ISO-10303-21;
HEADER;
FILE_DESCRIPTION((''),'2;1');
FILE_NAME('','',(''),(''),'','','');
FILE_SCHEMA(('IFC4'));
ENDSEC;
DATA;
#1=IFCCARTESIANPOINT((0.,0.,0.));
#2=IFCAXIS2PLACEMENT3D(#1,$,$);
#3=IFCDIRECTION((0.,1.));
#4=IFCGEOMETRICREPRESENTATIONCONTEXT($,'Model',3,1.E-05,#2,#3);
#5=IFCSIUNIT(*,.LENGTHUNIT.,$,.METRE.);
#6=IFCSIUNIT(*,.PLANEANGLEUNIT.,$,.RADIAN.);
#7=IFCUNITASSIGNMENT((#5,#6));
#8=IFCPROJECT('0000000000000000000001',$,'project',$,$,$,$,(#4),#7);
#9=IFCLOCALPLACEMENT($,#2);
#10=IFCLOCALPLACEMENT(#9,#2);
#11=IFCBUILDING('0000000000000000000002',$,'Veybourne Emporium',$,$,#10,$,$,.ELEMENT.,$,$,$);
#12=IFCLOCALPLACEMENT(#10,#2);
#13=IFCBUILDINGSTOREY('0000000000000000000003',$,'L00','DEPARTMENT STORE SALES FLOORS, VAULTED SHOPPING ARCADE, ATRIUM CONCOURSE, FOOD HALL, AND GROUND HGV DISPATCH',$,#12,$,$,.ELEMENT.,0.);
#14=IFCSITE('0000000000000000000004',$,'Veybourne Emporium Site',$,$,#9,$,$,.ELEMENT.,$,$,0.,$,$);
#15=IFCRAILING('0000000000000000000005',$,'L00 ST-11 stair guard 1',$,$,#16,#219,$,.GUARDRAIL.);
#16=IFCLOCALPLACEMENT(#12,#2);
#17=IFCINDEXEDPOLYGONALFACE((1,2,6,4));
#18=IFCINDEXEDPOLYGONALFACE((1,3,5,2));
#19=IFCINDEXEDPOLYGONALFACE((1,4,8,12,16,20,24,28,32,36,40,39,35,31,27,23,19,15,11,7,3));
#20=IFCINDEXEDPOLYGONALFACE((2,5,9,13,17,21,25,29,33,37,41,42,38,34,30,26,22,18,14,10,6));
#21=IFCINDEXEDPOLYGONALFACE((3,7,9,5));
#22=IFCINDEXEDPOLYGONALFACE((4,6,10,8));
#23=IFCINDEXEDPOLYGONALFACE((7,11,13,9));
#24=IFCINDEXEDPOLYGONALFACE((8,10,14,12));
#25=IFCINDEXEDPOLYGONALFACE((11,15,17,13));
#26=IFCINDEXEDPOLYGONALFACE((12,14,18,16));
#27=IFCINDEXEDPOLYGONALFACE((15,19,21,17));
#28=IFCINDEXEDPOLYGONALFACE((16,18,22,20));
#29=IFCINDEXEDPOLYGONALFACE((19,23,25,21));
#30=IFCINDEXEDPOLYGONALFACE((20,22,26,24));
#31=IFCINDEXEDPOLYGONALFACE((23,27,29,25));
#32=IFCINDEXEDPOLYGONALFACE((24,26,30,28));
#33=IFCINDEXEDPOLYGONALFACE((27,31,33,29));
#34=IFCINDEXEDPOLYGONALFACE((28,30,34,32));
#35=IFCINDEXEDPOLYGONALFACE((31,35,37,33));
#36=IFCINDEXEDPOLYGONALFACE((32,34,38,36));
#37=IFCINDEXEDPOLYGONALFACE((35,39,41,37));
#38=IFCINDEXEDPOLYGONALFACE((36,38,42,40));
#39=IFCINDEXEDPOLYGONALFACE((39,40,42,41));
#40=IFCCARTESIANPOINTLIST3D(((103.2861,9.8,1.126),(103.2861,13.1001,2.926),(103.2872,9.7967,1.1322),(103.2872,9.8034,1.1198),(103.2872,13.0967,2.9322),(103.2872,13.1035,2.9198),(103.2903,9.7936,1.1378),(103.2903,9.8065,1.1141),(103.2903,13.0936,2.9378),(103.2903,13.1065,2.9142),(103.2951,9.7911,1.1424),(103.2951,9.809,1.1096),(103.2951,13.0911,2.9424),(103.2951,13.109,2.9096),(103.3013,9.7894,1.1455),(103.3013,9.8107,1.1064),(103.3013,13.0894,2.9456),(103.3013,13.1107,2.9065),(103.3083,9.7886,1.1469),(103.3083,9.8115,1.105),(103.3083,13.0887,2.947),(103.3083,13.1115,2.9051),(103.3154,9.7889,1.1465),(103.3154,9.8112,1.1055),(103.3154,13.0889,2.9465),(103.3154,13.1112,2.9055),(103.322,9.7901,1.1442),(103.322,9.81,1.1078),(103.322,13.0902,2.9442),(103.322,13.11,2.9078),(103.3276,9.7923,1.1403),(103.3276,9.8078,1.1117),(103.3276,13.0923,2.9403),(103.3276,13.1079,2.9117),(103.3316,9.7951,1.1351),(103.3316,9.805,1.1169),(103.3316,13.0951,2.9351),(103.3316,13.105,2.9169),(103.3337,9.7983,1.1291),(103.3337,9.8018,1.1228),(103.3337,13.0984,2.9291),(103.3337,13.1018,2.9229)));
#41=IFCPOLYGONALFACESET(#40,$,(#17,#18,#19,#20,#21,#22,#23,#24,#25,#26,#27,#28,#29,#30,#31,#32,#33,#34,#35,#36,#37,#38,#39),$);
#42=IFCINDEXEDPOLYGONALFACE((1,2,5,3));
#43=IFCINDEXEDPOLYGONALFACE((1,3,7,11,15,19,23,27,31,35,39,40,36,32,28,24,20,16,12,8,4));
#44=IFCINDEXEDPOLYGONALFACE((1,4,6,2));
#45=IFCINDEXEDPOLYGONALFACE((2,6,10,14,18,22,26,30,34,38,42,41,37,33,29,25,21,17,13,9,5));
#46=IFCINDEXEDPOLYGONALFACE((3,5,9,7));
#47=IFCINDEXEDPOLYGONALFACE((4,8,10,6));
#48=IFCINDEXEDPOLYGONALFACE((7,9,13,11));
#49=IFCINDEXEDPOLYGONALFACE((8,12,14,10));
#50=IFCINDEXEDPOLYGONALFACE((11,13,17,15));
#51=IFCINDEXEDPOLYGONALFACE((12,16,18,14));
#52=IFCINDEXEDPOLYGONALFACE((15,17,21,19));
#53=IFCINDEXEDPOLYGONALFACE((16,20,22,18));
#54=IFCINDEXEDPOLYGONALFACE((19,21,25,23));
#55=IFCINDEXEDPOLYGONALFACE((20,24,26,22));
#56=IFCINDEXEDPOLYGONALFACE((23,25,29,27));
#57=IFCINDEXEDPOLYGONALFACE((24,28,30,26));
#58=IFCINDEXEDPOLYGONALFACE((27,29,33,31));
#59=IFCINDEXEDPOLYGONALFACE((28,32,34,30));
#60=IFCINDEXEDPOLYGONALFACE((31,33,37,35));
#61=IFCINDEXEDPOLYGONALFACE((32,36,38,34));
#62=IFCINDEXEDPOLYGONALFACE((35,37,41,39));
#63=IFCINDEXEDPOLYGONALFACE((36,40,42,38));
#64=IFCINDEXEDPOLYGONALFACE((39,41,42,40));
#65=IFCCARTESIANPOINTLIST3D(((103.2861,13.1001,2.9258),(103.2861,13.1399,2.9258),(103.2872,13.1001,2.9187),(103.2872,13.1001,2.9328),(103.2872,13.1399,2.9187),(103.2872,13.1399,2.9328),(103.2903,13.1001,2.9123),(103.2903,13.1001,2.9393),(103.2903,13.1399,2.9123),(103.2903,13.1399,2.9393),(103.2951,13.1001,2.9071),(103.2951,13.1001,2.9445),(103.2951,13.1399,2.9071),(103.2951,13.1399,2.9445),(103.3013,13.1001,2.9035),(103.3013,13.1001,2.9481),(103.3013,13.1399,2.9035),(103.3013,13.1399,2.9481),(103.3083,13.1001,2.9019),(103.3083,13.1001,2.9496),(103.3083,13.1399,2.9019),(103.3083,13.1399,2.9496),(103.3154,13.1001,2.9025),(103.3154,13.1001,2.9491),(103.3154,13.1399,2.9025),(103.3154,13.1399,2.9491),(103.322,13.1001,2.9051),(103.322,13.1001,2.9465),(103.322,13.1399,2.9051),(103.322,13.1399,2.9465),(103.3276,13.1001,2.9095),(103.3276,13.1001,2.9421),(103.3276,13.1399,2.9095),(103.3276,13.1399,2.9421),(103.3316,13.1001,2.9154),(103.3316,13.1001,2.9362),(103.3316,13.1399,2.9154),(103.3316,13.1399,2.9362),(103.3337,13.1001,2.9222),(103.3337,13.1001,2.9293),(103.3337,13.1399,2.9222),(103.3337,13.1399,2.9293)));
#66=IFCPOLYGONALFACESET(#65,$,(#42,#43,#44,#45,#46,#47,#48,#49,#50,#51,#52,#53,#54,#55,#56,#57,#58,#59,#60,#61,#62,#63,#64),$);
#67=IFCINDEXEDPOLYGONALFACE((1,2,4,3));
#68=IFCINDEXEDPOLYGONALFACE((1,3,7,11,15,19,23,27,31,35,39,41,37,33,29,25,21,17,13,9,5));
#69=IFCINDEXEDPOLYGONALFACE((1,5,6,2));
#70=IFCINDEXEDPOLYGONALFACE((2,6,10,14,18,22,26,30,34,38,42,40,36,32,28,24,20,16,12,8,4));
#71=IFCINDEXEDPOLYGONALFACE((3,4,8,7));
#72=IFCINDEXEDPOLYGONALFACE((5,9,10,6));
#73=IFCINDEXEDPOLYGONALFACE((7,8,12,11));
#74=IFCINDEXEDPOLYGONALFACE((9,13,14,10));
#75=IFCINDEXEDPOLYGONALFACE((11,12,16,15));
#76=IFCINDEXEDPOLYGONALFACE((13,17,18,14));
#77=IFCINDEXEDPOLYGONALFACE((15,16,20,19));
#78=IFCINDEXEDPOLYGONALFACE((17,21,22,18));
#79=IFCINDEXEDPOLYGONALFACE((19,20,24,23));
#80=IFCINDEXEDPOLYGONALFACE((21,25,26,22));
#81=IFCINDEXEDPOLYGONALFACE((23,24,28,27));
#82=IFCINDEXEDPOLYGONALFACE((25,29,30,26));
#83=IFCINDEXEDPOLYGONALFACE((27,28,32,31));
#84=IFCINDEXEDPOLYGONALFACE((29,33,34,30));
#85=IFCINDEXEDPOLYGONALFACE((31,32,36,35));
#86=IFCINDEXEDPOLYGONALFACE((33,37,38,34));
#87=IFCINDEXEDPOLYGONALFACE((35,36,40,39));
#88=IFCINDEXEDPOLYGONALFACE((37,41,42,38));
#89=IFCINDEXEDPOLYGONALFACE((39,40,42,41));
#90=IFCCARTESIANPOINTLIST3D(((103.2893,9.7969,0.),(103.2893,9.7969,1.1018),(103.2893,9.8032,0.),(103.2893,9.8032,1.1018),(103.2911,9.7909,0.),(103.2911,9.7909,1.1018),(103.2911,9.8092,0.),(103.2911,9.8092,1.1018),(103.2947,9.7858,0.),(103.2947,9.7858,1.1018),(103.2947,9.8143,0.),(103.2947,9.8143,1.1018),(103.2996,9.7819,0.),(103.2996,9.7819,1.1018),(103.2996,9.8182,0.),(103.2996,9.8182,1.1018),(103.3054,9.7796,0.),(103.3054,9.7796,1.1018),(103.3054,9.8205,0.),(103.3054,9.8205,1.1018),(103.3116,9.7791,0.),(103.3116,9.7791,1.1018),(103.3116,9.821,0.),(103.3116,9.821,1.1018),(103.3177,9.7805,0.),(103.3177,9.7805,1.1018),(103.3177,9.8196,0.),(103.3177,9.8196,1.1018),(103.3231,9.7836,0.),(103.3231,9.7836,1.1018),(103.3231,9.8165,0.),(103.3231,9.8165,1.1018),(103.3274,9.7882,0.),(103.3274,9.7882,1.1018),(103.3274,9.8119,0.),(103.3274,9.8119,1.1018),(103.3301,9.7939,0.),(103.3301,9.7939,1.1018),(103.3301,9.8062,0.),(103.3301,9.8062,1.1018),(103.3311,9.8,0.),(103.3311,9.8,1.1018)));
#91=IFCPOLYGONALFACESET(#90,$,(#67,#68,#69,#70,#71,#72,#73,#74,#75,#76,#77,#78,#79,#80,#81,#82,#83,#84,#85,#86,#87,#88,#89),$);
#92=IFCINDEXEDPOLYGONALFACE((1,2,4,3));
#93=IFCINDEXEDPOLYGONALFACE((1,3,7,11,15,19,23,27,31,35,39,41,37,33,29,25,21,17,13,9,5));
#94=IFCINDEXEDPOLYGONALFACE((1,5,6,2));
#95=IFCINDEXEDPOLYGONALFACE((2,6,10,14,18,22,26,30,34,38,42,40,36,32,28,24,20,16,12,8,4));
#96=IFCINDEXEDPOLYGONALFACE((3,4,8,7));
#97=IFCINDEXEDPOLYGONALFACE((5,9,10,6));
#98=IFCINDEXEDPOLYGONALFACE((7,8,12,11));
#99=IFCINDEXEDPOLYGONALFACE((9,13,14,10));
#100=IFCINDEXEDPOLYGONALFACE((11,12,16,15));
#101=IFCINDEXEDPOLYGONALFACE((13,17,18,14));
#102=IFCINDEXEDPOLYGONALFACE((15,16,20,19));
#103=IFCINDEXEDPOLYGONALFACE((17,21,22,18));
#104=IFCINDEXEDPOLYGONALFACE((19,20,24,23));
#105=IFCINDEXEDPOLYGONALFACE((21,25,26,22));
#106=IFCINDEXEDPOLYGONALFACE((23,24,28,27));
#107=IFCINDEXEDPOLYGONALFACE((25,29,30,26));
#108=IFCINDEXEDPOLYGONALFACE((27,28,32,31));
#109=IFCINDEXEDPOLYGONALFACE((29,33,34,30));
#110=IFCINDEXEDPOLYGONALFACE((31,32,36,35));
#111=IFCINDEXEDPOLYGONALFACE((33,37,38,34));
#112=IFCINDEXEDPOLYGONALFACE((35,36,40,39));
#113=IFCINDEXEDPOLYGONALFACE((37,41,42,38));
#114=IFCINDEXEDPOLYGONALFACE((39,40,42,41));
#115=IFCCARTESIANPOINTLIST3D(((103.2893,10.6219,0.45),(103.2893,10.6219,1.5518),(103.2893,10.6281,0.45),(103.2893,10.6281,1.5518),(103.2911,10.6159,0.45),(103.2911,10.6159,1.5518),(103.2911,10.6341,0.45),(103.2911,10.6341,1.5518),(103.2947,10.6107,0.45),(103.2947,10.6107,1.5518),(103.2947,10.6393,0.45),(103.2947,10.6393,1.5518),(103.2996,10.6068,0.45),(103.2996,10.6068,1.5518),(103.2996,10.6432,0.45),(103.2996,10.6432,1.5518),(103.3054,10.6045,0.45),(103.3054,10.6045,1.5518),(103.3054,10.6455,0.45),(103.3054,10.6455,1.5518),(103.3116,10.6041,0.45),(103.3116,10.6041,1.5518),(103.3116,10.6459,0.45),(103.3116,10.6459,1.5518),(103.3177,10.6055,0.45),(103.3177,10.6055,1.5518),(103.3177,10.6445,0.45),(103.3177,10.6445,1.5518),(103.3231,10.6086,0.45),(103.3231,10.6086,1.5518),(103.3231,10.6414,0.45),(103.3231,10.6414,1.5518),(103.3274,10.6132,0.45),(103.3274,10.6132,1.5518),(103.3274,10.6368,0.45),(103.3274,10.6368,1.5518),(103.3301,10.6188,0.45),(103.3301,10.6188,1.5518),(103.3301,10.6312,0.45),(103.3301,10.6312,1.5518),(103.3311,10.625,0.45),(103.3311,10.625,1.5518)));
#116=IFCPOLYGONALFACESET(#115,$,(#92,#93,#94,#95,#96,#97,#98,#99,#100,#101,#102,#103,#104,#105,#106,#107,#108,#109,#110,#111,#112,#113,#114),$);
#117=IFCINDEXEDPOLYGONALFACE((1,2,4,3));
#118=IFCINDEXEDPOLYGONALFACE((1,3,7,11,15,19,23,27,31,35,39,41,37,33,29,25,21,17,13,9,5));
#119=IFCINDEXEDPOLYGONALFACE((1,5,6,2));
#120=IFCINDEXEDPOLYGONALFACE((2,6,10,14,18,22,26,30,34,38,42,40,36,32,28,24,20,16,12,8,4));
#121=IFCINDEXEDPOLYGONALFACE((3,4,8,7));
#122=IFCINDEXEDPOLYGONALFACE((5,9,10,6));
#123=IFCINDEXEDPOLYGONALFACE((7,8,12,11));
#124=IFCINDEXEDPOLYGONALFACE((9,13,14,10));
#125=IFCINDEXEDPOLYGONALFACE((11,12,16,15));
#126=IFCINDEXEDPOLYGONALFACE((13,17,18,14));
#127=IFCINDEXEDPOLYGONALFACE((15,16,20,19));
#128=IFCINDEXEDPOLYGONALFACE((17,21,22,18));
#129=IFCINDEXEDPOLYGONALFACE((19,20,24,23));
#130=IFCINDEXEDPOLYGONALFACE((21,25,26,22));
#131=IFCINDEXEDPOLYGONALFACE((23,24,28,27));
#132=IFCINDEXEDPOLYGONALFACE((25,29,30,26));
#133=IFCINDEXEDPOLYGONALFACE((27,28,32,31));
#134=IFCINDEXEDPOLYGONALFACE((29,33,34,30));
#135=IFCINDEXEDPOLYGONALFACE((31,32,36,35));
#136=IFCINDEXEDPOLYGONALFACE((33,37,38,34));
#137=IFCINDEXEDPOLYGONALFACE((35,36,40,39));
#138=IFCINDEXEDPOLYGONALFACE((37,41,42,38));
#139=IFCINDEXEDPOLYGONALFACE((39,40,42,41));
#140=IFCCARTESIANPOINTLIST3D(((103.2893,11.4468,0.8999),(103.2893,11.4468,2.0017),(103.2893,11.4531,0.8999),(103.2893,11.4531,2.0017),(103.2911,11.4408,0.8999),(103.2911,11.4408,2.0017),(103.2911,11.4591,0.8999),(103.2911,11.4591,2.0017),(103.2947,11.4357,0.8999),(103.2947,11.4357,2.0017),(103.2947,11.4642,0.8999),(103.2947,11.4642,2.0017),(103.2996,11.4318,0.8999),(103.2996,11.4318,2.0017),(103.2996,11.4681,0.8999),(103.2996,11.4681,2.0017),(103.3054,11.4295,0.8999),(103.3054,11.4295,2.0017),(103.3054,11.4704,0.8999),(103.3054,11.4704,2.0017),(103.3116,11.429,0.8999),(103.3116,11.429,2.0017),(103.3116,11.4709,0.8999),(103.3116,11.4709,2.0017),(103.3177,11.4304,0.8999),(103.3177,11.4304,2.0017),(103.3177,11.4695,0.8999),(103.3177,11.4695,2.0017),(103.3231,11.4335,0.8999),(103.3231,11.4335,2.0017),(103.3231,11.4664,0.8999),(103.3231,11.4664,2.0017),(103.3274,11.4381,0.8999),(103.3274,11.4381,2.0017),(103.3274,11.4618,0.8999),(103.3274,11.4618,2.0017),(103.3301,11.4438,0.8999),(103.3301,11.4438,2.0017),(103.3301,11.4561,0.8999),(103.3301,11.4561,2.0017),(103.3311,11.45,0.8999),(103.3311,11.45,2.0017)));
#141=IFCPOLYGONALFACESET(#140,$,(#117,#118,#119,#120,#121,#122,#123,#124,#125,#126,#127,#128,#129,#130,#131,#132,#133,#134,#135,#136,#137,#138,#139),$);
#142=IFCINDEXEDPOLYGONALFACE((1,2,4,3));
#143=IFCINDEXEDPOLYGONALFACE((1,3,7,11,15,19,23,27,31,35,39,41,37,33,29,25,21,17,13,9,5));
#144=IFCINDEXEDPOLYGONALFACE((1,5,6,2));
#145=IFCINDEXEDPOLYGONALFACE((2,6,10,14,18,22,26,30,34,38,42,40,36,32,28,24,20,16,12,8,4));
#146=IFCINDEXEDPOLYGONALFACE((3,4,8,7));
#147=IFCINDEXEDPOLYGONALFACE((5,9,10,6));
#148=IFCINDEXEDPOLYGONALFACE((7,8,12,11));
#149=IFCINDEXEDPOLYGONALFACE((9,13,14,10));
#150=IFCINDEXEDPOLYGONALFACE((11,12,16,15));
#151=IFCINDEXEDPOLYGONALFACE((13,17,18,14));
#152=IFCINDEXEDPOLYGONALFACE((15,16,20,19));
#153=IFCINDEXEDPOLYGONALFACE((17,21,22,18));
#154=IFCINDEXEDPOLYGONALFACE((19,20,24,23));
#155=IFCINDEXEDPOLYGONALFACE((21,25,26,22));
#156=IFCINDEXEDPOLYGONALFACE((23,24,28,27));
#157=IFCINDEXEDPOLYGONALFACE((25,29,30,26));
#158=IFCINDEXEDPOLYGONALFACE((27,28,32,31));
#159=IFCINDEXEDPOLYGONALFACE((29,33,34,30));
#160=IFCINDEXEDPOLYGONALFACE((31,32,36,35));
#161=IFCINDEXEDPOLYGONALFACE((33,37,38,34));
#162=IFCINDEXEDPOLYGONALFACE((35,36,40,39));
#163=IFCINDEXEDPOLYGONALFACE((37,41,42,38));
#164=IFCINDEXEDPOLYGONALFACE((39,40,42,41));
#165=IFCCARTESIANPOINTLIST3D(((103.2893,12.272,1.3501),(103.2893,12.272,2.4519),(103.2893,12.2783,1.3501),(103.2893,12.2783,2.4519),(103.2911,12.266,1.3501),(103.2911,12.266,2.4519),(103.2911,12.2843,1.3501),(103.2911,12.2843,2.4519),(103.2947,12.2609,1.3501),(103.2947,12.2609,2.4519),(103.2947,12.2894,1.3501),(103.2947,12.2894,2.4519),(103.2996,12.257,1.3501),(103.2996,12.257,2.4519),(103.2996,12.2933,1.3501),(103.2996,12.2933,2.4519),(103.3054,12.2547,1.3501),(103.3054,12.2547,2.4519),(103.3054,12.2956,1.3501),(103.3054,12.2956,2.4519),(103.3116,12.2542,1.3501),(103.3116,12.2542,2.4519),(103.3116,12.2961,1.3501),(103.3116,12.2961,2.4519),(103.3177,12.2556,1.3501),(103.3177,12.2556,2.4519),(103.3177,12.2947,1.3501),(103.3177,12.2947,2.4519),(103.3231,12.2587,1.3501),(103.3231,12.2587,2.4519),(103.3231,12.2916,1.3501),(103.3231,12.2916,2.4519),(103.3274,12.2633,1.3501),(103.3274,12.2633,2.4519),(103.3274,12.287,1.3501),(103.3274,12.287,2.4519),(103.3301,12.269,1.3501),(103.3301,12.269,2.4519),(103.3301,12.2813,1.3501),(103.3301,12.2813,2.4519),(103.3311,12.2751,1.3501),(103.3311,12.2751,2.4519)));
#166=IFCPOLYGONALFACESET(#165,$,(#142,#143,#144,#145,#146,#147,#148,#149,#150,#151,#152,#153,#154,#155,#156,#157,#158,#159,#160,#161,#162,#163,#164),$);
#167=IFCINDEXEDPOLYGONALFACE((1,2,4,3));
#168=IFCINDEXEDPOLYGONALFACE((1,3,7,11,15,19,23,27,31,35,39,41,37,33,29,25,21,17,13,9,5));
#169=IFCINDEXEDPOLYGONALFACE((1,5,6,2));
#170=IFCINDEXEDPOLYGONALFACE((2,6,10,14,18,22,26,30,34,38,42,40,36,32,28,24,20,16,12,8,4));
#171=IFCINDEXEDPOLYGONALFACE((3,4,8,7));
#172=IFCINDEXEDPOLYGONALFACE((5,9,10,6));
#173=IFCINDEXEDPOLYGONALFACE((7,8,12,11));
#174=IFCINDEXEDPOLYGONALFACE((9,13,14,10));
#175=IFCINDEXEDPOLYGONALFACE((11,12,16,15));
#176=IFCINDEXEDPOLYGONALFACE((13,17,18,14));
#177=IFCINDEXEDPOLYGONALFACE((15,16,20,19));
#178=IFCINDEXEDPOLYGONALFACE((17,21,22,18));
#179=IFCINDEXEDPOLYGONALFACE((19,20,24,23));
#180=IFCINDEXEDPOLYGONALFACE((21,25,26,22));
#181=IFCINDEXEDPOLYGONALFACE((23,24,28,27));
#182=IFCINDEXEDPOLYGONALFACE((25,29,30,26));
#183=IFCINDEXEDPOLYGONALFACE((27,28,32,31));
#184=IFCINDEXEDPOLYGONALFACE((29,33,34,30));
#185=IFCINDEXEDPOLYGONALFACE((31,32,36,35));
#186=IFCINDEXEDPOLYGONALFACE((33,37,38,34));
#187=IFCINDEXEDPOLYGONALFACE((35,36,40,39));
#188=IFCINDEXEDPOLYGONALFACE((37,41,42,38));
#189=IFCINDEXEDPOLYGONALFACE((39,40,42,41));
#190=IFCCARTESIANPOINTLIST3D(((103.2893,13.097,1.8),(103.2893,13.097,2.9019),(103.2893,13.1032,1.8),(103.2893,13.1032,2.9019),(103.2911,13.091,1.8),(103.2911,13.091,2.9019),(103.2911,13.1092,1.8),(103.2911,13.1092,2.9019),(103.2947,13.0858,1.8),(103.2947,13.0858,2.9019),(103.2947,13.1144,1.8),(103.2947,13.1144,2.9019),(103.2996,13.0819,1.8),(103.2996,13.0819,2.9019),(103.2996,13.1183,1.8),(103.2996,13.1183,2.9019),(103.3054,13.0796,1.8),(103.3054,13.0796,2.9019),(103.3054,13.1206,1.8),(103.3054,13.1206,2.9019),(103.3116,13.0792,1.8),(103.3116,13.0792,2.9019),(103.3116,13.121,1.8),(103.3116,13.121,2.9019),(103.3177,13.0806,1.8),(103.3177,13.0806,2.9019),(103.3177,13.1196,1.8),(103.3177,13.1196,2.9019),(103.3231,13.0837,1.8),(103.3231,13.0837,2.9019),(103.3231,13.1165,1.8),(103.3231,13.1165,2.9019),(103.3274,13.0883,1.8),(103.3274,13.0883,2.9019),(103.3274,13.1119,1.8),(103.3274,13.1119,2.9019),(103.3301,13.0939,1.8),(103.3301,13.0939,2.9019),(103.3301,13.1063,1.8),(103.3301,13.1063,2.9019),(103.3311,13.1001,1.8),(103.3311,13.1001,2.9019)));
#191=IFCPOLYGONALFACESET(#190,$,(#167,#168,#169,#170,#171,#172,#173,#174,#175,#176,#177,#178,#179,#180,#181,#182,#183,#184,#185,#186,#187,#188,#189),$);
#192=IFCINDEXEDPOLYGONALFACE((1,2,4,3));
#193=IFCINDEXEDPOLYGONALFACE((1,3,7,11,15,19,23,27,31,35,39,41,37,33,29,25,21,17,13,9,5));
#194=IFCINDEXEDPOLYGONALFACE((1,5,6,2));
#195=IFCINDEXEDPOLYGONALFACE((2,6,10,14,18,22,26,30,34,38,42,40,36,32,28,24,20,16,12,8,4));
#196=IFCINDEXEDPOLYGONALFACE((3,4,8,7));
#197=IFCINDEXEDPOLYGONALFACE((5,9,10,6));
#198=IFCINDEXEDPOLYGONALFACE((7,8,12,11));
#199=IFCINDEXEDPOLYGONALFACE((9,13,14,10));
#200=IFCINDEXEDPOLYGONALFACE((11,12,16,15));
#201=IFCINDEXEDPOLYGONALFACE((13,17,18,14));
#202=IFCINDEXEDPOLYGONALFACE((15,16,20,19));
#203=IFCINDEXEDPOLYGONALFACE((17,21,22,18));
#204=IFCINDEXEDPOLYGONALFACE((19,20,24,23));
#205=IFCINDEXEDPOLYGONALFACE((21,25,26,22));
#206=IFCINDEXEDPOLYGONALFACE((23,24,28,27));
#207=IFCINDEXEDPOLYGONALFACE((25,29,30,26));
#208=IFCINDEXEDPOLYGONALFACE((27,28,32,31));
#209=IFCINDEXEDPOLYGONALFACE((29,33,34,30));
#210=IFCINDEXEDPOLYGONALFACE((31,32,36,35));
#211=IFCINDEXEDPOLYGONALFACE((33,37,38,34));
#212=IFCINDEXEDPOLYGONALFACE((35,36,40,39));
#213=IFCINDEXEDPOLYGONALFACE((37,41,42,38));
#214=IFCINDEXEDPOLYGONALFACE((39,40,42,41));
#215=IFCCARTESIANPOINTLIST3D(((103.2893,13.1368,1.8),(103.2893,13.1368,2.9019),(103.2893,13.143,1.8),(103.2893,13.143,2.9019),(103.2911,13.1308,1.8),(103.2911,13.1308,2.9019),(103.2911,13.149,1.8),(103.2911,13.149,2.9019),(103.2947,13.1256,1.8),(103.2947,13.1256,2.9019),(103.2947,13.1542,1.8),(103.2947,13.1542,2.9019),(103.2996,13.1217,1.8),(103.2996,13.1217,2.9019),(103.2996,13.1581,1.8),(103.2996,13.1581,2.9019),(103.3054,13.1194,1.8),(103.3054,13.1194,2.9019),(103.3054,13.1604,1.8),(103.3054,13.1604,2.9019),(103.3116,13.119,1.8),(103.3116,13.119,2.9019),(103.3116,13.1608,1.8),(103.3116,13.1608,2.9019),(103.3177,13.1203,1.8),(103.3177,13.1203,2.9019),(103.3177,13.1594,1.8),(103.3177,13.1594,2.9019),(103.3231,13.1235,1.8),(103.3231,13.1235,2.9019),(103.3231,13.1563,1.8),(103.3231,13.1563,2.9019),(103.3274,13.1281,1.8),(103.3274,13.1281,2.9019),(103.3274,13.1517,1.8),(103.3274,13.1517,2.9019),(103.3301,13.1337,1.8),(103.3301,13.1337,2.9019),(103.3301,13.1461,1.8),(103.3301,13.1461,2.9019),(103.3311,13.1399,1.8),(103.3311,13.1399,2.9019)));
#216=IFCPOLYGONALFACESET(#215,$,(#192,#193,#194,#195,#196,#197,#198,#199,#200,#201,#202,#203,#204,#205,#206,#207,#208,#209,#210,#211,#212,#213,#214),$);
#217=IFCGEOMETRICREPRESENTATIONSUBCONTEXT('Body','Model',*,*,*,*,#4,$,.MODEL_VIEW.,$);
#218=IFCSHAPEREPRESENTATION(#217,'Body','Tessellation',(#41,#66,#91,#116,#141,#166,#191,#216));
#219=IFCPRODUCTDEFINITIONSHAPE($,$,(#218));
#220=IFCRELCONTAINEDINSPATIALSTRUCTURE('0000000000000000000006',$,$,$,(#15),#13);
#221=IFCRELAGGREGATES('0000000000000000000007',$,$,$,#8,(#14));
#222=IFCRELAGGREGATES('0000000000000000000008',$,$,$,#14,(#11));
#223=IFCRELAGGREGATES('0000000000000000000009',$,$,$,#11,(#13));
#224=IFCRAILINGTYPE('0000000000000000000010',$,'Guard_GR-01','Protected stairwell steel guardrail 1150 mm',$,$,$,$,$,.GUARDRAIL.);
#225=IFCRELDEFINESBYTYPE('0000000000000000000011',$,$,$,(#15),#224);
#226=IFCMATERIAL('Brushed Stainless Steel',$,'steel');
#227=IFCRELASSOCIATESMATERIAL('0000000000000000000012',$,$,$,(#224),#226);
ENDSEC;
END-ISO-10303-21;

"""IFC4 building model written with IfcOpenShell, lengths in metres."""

from ifc_helpers import new_model, si_unit, direction, frame, origin, origin_2d, place, context, subcontext, project, spatial, circle, extrude, material, type_object, element, save


model = new_model("IFC4")

# Units and contexts
model_context = context("Model", 3, precision=1e-05, world=origin(), true_north=direction((0.0, 1.0)))
body_context = subcontext(model_context, "Body", "Model", "MODEL_VIEW")
ifc_project = project(units=[si_unit("LENGTHUNIT", "METRE"), si_unit("PLANEANGLEUNIT", "RADIAN")], contexts=[model_context])

# Site, building, storey
site_placement = place(None, origin())
site = spatial("IfcSite", under=ifc_project, at=site_placement, Name="Veybourne Emporium Site", CompositionType="ELEMENT", RefElevation=0.0)
building_placement = place(site_placement, origin())
building = spatial("IfcBuilding", under=site, at=building_placement, Name="Veybourne Emporium", CompositionType="ELEMENT")
storey_placement = place(building_placement, origin())
storey = spatial("IfcBuildingStorey", under=building, at=storey_placement, Name="L00", Description="DEPARTMENT STORE SALES FLOORS, VAULTED SHOPPING ARCADE, ATRIUM CONCOURSE, FOOD HALL, AND GROUND HGV DISPATCH", CompositionType="ELEMENT", Elevation=0.0)

# Railing
ifc_material_1 = material(Name="Brushed Stainless Steel", Category="steel")
railing_type_1 = type_object("IfcRailingType", Name="Guard_GR-01", Description="Protected stairwell steel guardrail 1150 mm", PredefinedType="GUARDRAIL", material=ifc_material_1)
railing_1_placement = place(storey_placement, frame((103.3101, 9.8, 0.0)))
element("IfcRailing", 1, at=railing_1_placement, inside=storey, type_object=railing_type_1, Name="L00 ST-11 stair guard 1", PredefinedType="GUARDRAIL", context=body_context, shape_type="SweptSolid", body=[
    extrude(circle(Radius=0.0239, at=origin_2d()), frame((0.0, 0.0, 1.126), z_axis=(0.0, 0.877893, 0.478857), x_axis=(-1.0, 0.0, 0.0)), (0.0, 0.0, 1.0), 3.759),
    extrude(circle(Radius=0.0239, at=origin_2d()), frame((0.0, 3.3, 2.9258), z_axis=(0.0, 1.0, 0.0), x_axis=(-1.0, 0.0, 0.0)), (0.0, 0.0, 1.0), 0.0398),
    extrude(circle(Radius=0.021, at=origin_2d()), origin(), (0.0, 0.0, 1.0), 1.1018),
    extrude(circle(Radius=0.021, at=origin_2d()), frame((0.0, 0.825, 0.45)), (0.0, 0.0, 1.0), 1.1018),
    extrude(circle(Radius=0.021, at=origin_2d()), frame((0.0, 1.6499, 0.8999)), (0.0, 0.0, 1.0), 1.1018),
    extrude(circle(Radius=0.021, at=origin_2d()), frame((0.0, 2.4751, 1.3501)), (0.0, 0.0, 1.0), 1.1018),
    extrude(circle(Radius=0.021, at=origin_2d()), frame((0.0, 3.3, 1.8)), (0.0, 0.0, 1.0), 1.1018),
    extrude(circle(Radius=0.021, at=origin_2d()), frame((0.0, 3.3398, 1.8)), (0.0, 0.0, 1.0), 1.1018),
])

save(model, "model.ifc")
